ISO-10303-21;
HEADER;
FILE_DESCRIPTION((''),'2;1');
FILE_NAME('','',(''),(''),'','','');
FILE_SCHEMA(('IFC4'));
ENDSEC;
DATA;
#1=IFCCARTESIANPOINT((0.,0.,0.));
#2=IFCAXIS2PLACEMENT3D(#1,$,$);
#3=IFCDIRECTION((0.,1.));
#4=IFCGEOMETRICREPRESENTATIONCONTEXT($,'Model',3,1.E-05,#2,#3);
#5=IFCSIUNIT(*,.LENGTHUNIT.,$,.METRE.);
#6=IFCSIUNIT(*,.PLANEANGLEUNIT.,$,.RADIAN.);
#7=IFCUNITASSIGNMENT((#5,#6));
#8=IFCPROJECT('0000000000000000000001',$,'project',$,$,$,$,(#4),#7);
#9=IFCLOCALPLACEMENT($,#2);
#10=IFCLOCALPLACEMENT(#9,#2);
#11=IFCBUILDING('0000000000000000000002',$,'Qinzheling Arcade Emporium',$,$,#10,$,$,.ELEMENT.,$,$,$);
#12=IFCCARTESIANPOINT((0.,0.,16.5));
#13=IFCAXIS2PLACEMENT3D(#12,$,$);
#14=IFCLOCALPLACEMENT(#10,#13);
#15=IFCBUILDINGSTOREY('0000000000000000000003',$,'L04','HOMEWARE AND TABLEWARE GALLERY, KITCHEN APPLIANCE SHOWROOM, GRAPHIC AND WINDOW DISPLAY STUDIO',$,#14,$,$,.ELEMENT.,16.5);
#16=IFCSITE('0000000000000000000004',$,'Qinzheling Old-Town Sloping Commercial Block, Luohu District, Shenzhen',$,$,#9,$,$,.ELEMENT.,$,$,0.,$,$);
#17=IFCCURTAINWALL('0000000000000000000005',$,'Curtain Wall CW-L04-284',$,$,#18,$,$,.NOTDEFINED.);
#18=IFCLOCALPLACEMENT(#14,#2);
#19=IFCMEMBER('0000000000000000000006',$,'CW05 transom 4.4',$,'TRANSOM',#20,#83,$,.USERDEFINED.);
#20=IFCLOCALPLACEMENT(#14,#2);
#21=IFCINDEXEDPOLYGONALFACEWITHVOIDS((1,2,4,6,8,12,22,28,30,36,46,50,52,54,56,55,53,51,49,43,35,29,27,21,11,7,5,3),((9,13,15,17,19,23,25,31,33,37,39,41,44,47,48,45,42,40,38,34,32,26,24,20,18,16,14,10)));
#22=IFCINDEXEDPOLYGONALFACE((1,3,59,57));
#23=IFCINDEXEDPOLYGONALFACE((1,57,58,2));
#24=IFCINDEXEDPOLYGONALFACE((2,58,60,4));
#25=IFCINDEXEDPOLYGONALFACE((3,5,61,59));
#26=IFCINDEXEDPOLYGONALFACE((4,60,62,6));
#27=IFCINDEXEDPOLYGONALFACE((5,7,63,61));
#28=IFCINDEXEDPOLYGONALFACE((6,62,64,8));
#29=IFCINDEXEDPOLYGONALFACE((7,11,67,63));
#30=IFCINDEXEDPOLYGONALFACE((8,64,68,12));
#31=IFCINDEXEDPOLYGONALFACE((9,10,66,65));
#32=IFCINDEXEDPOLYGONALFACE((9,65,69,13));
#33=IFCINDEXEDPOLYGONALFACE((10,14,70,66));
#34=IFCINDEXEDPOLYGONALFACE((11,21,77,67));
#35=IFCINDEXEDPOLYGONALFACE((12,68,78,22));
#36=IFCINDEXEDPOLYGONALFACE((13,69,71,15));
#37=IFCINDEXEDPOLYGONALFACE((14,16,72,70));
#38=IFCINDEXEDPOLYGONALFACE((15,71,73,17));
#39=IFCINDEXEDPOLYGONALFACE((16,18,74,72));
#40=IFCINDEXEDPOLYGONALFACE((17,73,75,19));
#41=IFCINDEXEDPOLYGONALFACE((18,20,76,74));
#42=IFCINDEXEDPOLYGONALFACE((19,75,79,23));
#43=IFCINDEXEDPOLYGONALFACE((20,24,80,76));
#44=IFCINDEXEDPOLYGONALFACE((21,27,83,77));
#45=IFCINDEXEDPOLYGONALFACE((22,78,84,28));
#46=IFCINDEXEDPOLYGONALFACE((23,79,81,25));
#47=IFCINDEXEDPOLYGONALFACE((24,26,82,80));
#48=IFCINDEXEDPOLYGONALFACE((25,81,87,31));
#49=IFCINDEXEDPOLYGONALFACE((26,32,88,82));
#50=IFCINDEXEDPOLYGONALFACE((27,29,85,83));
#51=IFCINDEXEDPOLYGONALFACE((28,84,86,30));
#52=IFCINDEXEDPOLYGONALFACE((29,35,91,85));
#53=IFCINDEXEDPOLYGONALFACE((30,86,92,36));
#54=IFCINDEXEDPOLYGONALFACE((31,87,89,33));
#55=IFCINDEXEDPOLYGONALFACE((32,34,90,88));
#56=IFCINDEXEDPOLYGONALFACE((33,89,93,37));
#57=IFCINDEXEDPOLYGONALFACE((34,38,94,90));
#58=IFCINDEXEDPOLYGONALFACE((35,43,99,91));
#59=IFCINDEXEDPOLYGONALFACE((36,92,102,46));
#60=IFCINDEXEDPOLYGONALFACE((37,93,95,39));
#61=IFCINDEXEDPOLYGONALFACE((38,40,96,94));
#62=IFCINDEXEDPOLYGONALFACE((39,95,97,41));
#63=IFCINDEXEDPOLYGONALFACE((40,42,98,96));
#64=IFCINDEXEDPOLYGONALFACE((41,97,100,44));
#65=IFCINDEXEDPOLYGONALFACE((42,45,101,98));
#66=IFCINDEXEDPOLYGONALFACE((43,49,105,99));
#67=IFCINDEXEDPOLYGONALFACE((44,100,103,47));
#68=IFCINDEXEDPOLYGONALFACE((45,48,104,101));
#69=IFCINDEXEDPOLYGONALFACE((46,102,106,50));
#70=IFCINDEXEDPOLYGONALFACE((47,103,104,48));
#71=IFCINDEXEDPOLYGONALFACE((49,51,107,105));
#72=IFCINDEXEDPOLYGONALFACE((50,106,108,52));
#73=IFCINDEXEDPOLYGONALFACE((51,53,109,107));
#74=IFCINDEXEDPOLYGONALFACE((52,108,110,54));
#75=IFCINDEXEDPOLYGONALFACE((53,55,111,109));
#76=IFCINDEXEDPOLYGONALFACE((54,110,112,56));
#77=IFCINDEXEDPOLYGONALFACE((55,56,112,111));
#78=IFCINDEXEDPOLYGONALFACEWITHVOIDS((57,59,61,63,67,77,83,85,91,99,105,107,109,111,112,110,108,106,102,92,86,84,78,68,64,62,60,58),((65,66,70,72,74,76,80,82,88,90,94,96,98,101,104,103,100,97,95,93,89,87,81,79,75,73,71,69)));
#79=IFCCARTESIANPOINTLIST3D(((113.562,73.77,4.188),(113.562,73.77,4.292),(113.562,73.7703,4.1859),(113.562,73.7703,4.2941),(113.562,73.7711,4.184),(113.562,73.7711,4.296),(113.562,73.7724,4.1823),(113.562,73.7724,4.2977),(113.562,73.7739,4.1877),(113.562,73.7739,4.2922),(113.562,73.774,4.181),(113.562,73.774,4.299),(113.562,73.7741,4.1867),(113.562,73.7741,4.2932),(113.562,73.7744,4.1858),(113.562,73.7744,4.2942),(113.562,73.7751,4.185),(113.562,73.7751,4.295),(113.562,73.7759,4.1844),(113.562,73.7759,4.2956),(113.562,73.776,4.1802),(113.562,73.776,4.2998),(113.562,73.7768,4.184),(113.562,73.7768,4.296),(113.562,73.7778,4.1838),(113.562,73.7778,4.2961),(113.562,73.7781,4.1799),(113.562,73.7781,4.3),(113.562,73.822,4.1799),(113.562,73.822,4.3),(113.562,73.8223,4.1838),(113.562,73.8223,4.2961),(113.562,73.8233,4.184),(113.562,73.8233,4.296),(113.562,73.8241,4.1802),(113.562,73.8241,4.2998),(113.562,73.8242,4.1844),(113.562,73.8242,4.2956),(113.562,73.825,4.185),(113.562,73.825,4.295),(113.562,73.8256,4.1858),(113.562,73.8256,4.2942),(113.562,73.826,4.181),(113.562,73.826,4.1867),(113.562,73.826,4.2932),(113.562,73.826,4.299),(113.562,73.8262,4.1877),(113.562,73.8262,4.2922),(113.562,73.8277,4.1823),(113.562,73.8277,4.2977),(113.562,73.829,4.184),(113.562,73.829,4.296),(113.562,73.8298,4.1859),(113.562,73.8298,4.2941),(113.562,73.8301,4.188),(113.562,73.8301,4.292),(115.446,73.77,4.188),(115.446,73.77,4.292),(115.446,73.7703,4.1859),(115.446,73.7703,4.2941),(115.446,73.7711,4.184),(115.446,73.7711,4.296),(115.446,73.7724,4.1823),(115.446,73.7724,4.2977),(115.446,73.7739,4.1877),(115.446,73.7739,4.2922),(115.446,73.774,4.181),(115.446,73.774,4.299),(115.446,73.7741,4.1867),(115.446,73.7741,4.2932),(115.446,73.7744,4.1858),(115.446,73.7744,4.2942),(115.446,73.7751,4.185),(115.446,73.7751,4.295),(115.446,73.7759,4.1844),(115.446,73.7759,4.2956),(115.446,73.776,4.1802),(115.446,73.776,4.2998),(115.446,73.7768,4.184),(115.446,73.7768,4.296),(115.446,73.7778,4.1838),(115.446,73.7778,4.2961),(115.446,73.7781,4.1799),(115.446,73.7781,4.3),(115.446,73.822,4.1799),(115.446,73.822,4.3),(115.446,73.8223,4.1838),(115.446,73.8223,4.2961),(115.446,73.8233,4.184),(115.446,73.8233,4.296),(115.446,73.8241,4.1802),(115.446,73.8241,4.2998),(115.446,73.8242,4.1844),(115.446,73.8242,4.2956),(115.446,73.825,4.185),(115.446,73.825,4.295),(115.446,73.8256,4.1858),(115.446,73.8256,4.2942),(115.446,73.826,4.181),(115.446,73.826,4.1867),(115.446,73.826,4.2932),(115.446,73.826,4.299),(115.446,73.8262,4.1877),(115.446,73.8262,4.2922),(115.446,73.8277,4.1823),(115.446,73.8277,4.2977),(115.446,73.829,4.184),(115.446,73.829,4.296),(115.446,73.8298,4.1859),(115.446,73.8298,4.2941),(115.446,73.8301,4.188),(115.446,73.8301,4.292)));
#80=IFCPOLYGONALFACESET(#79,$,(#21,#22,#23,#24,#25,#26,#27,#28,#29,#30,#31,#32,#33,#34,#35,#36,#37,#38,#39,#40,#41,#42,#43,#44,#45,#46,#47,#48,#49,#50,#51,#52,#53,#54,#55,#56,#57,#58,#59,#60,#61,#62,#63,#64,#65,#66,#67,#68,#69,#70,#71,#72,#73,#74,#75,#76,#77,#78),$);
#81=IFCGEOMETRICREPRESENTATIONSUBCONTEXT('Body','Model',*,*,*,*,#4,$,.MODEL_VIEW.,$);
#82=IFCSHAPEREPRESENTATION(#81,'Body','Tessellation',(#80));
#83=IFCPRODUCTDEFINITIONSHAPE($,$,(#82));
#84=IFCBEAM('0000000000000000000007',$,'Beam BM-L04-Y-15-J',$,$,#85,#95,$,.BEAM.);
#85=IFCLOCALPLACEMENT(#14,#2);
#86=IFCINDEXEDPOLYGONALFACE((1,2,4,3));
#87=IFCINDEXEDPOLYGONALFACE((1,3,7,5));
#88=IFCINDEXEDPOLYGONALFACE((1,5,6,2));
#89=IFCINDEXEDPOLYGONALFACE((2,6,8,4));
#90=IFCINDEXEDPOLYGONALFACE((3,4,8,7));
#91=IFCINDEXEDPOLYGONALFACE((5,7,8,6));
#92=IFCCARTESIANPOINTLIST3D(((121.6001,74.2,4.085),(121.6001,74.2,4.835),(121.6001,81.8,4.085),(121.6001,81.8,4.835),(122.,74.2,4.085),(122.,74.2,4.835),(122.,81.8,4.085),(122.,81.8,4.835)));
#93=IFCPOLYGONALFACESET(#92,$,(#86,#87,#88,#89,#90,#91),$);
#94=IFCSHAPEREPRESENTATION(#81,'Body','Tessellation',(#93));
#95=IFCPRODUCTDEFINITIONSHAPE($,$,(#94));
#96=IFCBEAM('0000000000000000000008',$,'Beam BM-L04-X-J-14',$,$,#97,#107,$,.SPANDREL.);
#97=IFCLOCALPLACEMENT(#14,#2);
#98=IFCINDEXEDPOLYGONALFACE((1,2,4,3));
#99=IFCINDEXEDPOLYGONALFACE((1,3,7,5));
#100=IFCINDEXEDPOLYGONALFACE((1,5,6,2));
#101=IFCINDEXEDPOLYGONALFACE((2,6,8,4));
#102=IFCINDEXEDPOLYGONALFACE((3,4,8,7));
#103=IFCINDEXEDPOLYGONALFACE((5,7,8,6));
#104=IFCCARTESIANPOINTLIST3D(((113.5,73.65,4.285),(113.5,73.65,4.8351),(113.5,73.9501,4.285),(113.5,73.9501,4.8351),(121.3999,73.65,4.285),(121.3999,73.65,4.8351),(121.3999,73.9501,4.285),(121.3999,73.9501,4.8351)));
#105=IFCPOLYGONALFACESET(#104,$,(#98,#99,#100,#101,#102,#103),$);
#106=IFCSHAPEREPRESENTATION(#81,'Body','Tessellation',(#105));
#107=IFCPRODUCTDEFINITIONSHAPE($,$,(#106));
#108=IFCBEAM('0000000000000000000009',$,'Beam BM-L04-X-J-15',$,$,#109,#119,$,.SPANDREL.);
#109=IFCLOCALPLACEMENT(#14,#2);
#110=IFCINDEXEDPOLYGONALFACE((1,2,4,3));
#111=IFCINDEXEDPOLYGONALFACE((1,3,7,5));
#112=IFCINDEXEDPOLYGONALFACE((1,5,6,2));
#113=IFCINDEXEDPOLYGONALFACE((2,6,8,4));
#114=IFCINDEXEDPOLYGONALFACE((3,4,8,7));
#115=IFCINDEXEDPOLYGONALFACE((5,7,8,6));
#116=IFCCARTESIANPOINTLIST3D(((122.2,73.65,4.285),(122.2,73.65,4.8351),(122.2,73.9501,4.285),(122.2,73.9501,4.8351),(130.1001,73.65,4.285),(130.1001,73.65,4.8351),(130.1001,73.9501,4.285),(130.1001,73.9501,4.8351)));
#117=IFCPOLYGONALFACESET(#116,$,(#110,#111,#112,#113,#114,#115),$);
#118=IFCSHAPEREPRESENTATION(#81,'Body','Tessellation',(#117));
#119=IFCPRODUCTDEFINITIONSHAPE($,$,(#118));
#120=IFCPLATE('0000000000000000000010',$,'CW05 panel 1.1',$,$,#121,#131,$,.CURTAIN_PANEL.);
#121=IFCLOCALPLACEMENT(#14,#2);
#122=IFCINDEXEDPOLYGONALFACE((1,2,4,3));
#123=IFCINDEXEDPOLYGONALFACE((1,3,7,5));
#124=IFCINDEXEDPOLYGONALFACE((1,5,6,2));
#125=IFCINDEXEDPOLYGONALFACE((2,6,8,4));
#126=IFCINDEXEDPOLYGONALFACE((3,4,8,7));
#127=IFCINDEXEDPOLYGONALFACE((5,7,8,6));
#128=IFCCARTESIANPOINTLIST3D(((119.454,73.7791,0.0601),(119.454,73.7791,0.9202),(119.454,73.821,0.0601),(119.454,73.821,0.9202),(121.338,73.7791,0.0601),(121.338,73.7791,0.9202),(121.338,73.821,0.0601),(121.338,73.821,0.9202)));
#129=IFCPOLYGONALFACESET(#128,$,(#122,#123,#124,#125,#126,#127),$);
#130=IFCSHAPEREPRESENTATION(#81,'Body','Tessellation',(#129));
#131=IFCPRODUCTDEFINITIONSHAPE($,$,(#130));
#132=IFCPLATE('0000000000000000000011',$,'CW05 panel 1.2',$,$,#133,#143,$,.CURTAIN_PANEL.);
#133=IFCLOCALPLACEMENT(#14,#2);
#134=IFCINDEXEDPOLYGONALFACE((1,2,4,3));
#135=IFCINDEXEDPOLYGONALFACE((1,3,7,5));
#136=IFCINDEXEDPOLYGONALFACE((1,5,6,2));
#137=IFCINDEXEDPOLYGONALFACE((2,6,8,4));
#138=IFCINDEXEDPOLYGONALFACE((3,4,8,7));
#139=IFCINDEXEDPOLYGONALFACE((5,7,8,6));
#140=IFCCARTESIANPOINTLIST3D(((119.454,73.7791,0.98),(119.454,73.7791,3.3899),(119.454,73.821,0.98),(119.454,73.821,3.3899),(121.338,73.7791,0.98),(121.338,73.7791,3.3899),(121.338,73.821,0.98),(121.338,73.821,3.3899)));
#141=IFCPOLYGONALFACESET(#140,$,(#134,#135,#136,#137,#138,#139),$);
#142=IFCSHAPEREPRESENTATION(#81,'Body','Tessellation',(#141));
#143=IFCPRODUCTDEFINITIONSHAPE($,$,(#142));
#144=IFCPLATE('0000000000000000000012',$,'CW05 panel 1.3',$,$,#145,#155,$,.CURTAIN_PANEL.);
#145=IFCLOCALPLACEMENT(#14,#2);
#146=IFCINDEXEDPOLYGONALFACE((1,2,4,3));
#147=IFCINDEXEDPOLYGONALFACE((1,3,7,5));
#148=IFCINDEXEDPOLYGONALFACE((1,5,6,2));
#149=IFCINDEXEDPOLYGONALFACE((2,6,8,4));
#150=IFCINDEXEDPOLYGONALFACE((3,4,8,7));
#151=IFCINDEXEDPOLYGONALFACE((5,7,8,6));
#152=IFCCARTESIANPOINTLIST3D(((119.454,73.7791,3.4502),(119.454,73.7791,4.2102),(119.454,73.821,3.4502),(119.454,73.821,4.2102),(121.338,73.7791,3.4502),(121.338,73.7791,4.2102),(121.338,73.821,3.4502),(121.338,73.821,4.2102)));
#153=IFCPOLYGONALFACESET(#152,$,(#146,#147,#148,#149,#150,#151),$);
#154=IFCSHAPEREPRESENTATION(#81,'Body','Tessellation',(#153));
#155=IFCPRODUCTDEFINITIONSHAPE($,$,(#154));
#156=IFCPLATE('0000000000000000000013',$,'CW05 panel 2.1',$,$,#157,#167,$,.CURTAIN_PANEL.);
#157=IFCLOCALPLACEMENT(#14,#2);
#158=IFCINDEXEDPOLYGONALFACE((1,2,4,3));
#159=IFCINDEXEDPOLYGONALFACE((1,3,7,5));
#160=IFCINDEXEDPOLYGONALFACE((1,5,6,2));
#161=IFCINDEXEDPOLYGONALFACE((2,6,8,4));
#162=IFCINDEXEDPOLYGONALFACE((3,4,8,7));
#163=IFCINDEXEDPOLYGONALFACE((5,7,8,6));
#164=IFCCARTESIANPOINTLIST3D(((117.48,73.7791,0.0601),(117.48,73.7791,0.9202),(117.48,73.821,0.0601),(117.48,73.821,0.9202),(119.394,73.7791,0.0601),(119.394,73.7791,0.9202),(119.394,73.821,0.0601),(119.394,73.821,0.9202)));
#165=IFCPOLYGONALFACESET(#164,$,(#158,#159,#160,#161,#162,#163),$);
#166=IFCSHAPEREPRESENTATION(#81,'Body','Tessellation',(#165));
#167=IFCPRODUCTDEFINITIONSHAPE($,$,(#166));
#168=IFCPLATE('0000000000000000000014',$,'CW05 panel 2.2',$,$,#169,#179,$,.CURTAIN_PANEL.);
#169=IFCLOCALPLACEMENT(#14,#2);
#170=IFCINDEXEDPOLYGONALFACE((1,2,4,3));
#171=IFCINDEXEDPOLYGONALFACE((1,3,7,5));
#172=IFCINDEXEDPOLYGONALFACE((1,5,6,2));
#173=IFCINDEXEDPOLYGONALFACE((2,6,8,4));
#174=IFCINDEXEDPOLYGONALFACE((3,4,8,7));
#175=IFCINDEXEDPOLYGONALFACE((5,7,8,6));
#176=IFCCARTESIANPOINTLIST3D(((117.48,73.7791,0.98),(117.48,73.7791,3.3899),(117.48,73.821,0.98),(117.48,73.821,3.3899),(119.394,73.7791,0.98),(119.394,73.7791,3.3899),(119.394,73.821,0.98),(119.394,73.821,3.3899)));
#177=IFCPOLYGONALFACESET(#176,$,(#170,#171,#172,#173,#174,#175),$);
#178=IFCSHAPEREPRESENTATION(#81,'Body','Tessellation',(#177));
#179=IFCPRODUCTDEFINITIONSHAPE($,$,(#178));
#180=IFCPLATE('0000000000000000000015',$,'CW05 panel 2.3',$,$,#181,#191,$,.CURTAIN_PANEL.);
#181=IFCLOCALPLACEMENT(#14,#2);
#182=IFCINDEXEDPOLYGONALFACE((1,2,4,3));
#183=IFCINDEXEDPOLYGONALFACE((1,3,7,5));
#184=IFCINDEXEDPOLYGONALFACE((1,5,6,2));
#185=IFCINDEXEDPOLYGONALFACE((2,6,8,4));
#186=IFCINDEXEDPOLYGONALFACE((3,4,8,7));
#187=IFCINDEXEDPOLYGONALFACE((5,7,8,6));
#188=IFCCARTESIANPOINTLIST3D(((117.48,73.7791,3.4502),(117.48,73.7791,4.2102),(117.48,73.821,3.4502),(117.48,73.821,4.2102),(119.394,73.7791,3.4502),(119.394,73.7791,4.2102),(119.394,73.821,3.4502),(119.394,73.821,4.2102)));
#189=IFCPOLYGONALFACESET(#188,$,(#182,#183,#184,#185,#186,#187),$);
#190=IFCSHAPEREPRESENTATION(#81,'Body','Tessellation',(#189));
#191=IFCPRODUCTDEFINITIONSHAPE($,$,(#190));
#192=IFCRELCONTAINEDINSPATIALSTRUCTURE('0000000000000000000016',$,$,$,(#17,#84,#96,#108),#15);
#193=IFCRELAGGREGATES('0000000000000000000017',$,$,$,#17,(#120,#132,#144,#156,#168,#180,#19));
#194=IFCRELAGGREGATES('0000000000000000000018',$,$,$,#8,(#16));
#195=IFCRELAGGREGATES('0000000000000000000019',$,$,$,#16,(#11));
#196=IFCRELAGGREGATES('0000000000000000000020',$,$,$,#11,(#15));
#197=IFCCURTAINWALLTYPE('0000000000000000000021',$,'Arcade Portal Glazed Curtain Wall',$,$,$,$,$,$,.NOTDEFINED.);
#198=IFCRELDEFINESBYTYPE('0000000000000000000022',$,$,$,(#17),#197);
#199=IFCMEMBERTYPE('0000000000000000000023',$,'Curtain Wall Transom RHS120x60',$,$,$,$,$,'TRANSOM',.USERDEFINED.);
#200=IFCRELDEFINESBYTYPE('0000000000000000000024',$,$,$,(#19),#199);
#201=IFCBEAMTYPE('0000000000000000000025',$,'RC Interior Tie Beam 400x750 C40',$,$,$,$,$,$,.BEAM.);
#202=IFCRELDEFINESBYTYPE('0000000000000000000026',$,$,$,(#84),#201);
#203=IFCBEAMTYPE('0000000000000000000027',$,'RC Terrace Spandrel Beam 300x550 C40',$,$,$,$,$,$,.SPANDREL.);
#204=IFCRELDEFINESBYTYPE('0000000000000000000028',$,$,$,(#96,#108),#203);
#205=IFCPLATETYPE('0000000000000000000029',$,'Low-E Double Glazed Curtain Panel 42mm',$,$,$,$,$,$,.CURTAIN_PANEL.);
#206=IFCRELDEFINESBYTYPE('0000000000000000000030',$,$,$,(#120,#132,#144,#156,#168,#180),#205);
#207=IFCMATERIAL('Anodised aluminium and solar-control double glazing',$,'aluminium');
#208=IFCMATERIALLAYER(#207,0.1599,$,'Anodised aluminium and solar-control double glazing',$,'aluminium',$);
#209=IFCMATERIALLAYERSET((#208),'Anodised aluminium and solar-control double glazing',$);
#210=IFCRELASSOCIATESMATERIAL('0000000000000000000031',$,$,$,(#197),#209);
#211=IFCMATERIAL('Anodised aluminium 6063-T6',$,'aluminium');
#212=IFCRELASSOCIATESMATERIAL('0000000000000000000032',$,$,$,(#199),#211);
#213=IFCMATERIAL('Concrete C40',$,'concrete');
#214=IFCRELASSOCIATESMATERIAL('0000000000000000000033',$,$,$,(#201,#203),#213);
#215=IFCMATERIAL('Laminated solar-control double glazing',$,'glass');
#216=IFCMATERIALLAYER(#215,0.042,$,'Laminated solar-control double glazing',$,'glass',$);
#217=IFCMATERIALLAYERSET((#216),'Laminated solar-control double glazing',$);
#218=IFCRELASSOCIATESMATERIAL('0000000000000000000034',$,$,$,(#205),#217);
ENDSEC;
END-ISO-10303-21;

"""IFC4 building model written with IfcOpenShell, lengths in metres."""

from ifc_helpers import new_model, si_unit, direction, frame, origin, origin_2d, place, context, subcontext, project, spatial, rectangle, hollow_rectangle, extrude, material, layer, layer_set, material_profile, profile_set, type_object, element, aggregate, save


model = new_model("IFC4")

# Units and contexts
model_context = context("Model", 3, precision=1e-05, world=origin(), true_north=direction((0.0, 1.0)))
body_context = subcontext(model_context, "Body", "Model", "MODEL_VIEW")
ifc_project = project(units=[si_unit("LENGTHUNIT", "METRE"), si_unit("PLANEANGLEUNIT", "RADIAN")], contexts=[model_context])

# Site, building, storey
site_placement = place(None, origin())
site = spatial("IfcSite", under=ifc_project, at=site_placement, Name="Qinzheling Old-Town Sloping Commercial Block, Luohu District, Shenzhen", CompositionType="ELEMENT", RefElevation=0.0)
building_placement = place(site_placement, origin())
building = spatial("IfcBuilding", under=site, at=building_placement, Name="Qinzheling Arcade Emporium", CompositionType="ELEMENT")
storey_placement = place(building_placement, frame((0.0, 0.0, 16.5)))
storey = spatial("IfcBuildingStorey", under=building, at=storey_placement, Name="L04", Description="HOMEWARE AND TABLEWARE GALLERY, KITCHEN APPLIANCE SHOWROOM, GRAPHIC AND WINDOW DISPLAY STUDIO", CompositionType="ELEMENT", Elevation=16.5)

# Shared definitions
ifc_material_1 = material(Name="Concrete C40", Category="concrete")

# Curtain wall, member
ifc_material_2 = material(Name="Anodised aluminium and solar-control double glazing", Category="aluminium")
ifc_layer_1 = layer(ifc_material_2, 0.1599, Name="Anodised aluminium and solar-control double glazing", Category="aluminium")
ifc_layer_set_1 = layer_set([ifc_layer_1], Name="Anodised aluminium and solar-control double glazing")
curtain_wall_type = type_object("IfcCurtainWallType", Name="Arcade Portal Glazed Curtain Wall", PredefinedType="NOTDEFINED", material=ifc_layer_set_1)
curtain_wall_placement = place(storey_placement, origin())
curtain_wall = element("IfcCurtainWall", 1, at=curtain_wall_placement, inside=storey, type_object=curtain_wall_type, Name="Curtain Wall CW-L04-284", PredefinedType="NOTDEFINED")
ifc_material_3 = material(Name="Anodised aluminium 6063-T6", Category="aluminium")
ifc_material_profile_1 = material_profile(ifc_material_3, hollow_rectangle(XDim=0.0601, YDim=0.1201, WallThickness=0.0039, InnerFilletRadius=0.0039, OuterFilletRadius=0.0081, at=origin_2d()), Name="RHS 120x60x4", Category="aluminium")
ifc_profile_set_1 = profile_set([ifc_material_profile_1], Name="Anodised aluminium 6063-T6")
member_type_1 = type_object("IfcMemberType", Name="Curtain Wall Transom RHS120x60", ElementType="TRANSOM", PredefinedType="USERDEFINED", material=ifc_profile_set_1)
member_1_placement = place(storey_placement, frame((115.446, 73.8, 4.24), z_axis=(-1.0, 0.0, 0.0), x_axis=(0.0, -1.0, 0.0)))
member_1 = element("IfcMember", 2, at=member_1_placement, type_object=member_type_1, Name="CW05 transom 4.4", ObjectType="TRANSOM", PredefinedType="USERDEFINED", context=body_context, shape_type="SweptSolid", body=[
    extrude(hollow_rectangle(XDim=0.0601, YDim=0.1201, WallThickness=0.0039, InnerFilletRadius=0.0039, OuterFilletRadius=0.0081, at=origin_2d()), origin(), (0.0, 0.0, 1.0), 1.884),
])

# Beams
ifc_material_profile_2 = material_profile(ifc_material_1, rectangle(XDim=0.3999, YDim=0.75, at=origin_2d()), Name="RC 400x750", Category="concrete")
ifc_profile_set_2 = profile_set([ifc_material_profile_2], Name="Concrete C40")
beam_type_1 = type_object("IfcBeamType", Name="RC Interior Tie Beam 400x750 C40", PredefinedType="BEAM", material=ifc_profile_set_2)
beam_1_placement = place(storey_placement, frame((121.8, 74.2, 4.46), z_axis=(0.0, 1.0, 0.0), x_axis=(-1.0, 0.0, 0.0)))
element("IfcBeam", 3, at=beam_1_placement, inside=storey, type_object=beam_type_1, Name="Beam BM-L04-Y-15-J", PredefinedType="BEAM", context=body_context, shape_type="SweptSolid", body=[
    extrude(rectangle(XDim=0.3999, YDim=0.75, at=origin_2d()), origin(), (0.0, 0.0, 1.0), 7.6001),
])
ifc_material_profile_3 = material_profile(ifc_material_1, rectangle(XDim=0.3, YDim=0.55, at=origin_2d()), Name="RC 300x550", Category="concrete")
ifc_profile_set_3 = profile_set([ifc_material_profile_3], Name="Concrete C40")
beam_type_2 = type_object("IfcBeamType", Name="RC Terrace Spandrel Beam 300x550 C40", PredefinedType="SPANDREL", material=ifc_profile_set_3)
beam_2_placement = place(storey_placement, frame((113.5, 73.8, 4.5601), z_axis=(1.0, 0.0, 0.0), x_axis=(0.0, 1.0, 0.0)))
element("IfcBeam", 4, at=beam_2_placement, inside=storey, type_object=beam_type_2, Name="Beam BM-L04-X-J-14", PredefinedType="SPANDREL", context=body_context, shape_type="SweptSolid", body=[
    extrude(rectangle(XDim=0.3, YDim=0.55, at=origin_2d()), origin(), (0.0, 0.0, 1.0), 7.8999),
])
beam_3_placement = place(storey_placement, frame((122.2, 73.8, 4.5601), z_axis=(1.0, 0.0, 0.0), x_axis=(0.0, 1.0, 0.0)))
element("IfcBeam", 5, at=beam_3_placement, inside=storey, type_object=beam_type_2, Name="Beam BM-L04-X-J-15", PredefinedType="SPANDREL", context=body_context, shape_type="SweptSolid", body=[
    extrude(rectangle(XDim=0.3, YDim=0.55, at=origin_2d()), origin(), (0.0, 0.0, 1.0), 7.9001),
])

# Plates
ifc_material_4 = material(Name="Laminated solar-control double glazing", Category="glass")
ifc_layer_2 = layer(ifc_material_4, 0.042, Name="Laminated solar-control double glazing", Category="glass")
ifc_layer_set_2 = layer_set([ifc_layer_2], Name="Laminated solar-control double glazing")
plate_type = type_object("IfcPlateType", Name="Low-E Double Glazed Curtain Panel 42mm", PredefinedType="CURTAIN_PANEL", material=ifc_layer_set_2)
plate_1_placement = place(storey_placement, frame((120.396, 73.8, 0.0601), z_axis=(0.0, 0.0, 1.0), x_axis=(-1.0, 0.0, 0.0)))
plate_1 = element("IfcPlate", 6, at=plate_1_placement, type_object=plate_type, Name="CW05 panel 1.1", PredefinedType="CURTAIN_PANEL", context=body_context, shape_type="SweptSolid", body=[
    extrude(rectangle(XDim=1.884, YDim=0.042, at=origin_2d()), origin(), (0.0, 0.0, 1.0), 0.8601),
])
plate_2_placement = place(storey_placement, frame((120.396, 73.8, 0.98), z_axis=(0.0, 0.0, 1.0), x_axis=(-1.0, 0.0, 0.0)))
plate_2 = element("IfcPlate", 7, at=plate_2_placement, type_object=plate_type, Name="CW05 panel 1.2", PredefinedType="CURTAIN_PANEL", context=body_context, shape_type="SweptSolid", body=[
    extrude(rectangle(XDim=1.884, YDim=0.042, at=origin_2d()), origin(), (0.0, 0.0, 1.0), 2.4099),
])
plate_3_placement = place(storey_placement, frame((120.396, 73.8, 3.4502), z_axis=(0.0, 0.0, 1.0), x_axis=(-1.0, 0.0, 0.0)))
plate_3 = element("IfcPlate", 8, at=plate_3_placement, type_object=plate_type, Name="CW05 panel 1.3", PredefinedType="CURTAIN_PANEL", context=body_context, shape_type="SweptSolid", body=[
    extrude(rectangle(XDim=1.884, YDim=0.042, at=origin_2d()), origin(), (0.0, 0.0, 1.0), 0.76),
])
plate_4_placement = place(storey_placement, frame((118.437, 73.8, 0.0601), z_axis=(0.0, 0.0, 1.0), x_axis=(-1.0, 0.0, 0.0)))
plate_4 = element("IfcPlate", 9, at=plate_4_placement, type_object=plate_type, Name="CW05 panel 2.1", PredefinedType="CURTAIN_PANEL", context=body_context, shape_type="SweptSolid", body=[
    extrude(rectangle(XDim=1.9141, YDim=0.042, at=origin_2d()), origin(), (0.0, 0.0, 1.0), 0.8601),
])
plate_5_placement = place(storey_placement, frame((118.437, 73.8, 0.98), z_axis=(0.0, 0.0, 1.0), x_axis=(-1.0, 0.0, 0.0)))
plate_5 = element("IfcPlate", 10, at=plate_5_placement, type_object=plate_type, Name="CW05 panel 2.2", PredefinedType="CURTAIN_PANEL", context=body_context, shape_type="SweptSolid", body=[
    extrude(rectangle(XDim=1.9141, YDim=0.042, at=origin_2d()), origin(), (0.0, 0.0, 1.0), 2.4099),
])
plate_6_placement = place(storey_placement, frame((118.437, 73.8, 3.4502), z_axis=(0.0, 0.0, 1.0), x_axis=(-1.0, 0.0, 0.0)))
plate_6 = element("IfcPlate", 11, at=plate_6_placement, type_object=plate_type, Name="CW05 panel 2.3", PredefinedType="CURTAIN_PANEL", context=body_context, shape_type="SweptSolid", body=[
    extrude(rectangle(XDim=1.9141, YDim=0.042, at=origin_2d()), origin(), (0.0, 0.0, 1.0), 0.76),
])
aggregate(curtain_wall, [plate_1, plate_2, plate_3, plate_4, plate_5, plate_6, member_1])

save(model, "model.ifc")
